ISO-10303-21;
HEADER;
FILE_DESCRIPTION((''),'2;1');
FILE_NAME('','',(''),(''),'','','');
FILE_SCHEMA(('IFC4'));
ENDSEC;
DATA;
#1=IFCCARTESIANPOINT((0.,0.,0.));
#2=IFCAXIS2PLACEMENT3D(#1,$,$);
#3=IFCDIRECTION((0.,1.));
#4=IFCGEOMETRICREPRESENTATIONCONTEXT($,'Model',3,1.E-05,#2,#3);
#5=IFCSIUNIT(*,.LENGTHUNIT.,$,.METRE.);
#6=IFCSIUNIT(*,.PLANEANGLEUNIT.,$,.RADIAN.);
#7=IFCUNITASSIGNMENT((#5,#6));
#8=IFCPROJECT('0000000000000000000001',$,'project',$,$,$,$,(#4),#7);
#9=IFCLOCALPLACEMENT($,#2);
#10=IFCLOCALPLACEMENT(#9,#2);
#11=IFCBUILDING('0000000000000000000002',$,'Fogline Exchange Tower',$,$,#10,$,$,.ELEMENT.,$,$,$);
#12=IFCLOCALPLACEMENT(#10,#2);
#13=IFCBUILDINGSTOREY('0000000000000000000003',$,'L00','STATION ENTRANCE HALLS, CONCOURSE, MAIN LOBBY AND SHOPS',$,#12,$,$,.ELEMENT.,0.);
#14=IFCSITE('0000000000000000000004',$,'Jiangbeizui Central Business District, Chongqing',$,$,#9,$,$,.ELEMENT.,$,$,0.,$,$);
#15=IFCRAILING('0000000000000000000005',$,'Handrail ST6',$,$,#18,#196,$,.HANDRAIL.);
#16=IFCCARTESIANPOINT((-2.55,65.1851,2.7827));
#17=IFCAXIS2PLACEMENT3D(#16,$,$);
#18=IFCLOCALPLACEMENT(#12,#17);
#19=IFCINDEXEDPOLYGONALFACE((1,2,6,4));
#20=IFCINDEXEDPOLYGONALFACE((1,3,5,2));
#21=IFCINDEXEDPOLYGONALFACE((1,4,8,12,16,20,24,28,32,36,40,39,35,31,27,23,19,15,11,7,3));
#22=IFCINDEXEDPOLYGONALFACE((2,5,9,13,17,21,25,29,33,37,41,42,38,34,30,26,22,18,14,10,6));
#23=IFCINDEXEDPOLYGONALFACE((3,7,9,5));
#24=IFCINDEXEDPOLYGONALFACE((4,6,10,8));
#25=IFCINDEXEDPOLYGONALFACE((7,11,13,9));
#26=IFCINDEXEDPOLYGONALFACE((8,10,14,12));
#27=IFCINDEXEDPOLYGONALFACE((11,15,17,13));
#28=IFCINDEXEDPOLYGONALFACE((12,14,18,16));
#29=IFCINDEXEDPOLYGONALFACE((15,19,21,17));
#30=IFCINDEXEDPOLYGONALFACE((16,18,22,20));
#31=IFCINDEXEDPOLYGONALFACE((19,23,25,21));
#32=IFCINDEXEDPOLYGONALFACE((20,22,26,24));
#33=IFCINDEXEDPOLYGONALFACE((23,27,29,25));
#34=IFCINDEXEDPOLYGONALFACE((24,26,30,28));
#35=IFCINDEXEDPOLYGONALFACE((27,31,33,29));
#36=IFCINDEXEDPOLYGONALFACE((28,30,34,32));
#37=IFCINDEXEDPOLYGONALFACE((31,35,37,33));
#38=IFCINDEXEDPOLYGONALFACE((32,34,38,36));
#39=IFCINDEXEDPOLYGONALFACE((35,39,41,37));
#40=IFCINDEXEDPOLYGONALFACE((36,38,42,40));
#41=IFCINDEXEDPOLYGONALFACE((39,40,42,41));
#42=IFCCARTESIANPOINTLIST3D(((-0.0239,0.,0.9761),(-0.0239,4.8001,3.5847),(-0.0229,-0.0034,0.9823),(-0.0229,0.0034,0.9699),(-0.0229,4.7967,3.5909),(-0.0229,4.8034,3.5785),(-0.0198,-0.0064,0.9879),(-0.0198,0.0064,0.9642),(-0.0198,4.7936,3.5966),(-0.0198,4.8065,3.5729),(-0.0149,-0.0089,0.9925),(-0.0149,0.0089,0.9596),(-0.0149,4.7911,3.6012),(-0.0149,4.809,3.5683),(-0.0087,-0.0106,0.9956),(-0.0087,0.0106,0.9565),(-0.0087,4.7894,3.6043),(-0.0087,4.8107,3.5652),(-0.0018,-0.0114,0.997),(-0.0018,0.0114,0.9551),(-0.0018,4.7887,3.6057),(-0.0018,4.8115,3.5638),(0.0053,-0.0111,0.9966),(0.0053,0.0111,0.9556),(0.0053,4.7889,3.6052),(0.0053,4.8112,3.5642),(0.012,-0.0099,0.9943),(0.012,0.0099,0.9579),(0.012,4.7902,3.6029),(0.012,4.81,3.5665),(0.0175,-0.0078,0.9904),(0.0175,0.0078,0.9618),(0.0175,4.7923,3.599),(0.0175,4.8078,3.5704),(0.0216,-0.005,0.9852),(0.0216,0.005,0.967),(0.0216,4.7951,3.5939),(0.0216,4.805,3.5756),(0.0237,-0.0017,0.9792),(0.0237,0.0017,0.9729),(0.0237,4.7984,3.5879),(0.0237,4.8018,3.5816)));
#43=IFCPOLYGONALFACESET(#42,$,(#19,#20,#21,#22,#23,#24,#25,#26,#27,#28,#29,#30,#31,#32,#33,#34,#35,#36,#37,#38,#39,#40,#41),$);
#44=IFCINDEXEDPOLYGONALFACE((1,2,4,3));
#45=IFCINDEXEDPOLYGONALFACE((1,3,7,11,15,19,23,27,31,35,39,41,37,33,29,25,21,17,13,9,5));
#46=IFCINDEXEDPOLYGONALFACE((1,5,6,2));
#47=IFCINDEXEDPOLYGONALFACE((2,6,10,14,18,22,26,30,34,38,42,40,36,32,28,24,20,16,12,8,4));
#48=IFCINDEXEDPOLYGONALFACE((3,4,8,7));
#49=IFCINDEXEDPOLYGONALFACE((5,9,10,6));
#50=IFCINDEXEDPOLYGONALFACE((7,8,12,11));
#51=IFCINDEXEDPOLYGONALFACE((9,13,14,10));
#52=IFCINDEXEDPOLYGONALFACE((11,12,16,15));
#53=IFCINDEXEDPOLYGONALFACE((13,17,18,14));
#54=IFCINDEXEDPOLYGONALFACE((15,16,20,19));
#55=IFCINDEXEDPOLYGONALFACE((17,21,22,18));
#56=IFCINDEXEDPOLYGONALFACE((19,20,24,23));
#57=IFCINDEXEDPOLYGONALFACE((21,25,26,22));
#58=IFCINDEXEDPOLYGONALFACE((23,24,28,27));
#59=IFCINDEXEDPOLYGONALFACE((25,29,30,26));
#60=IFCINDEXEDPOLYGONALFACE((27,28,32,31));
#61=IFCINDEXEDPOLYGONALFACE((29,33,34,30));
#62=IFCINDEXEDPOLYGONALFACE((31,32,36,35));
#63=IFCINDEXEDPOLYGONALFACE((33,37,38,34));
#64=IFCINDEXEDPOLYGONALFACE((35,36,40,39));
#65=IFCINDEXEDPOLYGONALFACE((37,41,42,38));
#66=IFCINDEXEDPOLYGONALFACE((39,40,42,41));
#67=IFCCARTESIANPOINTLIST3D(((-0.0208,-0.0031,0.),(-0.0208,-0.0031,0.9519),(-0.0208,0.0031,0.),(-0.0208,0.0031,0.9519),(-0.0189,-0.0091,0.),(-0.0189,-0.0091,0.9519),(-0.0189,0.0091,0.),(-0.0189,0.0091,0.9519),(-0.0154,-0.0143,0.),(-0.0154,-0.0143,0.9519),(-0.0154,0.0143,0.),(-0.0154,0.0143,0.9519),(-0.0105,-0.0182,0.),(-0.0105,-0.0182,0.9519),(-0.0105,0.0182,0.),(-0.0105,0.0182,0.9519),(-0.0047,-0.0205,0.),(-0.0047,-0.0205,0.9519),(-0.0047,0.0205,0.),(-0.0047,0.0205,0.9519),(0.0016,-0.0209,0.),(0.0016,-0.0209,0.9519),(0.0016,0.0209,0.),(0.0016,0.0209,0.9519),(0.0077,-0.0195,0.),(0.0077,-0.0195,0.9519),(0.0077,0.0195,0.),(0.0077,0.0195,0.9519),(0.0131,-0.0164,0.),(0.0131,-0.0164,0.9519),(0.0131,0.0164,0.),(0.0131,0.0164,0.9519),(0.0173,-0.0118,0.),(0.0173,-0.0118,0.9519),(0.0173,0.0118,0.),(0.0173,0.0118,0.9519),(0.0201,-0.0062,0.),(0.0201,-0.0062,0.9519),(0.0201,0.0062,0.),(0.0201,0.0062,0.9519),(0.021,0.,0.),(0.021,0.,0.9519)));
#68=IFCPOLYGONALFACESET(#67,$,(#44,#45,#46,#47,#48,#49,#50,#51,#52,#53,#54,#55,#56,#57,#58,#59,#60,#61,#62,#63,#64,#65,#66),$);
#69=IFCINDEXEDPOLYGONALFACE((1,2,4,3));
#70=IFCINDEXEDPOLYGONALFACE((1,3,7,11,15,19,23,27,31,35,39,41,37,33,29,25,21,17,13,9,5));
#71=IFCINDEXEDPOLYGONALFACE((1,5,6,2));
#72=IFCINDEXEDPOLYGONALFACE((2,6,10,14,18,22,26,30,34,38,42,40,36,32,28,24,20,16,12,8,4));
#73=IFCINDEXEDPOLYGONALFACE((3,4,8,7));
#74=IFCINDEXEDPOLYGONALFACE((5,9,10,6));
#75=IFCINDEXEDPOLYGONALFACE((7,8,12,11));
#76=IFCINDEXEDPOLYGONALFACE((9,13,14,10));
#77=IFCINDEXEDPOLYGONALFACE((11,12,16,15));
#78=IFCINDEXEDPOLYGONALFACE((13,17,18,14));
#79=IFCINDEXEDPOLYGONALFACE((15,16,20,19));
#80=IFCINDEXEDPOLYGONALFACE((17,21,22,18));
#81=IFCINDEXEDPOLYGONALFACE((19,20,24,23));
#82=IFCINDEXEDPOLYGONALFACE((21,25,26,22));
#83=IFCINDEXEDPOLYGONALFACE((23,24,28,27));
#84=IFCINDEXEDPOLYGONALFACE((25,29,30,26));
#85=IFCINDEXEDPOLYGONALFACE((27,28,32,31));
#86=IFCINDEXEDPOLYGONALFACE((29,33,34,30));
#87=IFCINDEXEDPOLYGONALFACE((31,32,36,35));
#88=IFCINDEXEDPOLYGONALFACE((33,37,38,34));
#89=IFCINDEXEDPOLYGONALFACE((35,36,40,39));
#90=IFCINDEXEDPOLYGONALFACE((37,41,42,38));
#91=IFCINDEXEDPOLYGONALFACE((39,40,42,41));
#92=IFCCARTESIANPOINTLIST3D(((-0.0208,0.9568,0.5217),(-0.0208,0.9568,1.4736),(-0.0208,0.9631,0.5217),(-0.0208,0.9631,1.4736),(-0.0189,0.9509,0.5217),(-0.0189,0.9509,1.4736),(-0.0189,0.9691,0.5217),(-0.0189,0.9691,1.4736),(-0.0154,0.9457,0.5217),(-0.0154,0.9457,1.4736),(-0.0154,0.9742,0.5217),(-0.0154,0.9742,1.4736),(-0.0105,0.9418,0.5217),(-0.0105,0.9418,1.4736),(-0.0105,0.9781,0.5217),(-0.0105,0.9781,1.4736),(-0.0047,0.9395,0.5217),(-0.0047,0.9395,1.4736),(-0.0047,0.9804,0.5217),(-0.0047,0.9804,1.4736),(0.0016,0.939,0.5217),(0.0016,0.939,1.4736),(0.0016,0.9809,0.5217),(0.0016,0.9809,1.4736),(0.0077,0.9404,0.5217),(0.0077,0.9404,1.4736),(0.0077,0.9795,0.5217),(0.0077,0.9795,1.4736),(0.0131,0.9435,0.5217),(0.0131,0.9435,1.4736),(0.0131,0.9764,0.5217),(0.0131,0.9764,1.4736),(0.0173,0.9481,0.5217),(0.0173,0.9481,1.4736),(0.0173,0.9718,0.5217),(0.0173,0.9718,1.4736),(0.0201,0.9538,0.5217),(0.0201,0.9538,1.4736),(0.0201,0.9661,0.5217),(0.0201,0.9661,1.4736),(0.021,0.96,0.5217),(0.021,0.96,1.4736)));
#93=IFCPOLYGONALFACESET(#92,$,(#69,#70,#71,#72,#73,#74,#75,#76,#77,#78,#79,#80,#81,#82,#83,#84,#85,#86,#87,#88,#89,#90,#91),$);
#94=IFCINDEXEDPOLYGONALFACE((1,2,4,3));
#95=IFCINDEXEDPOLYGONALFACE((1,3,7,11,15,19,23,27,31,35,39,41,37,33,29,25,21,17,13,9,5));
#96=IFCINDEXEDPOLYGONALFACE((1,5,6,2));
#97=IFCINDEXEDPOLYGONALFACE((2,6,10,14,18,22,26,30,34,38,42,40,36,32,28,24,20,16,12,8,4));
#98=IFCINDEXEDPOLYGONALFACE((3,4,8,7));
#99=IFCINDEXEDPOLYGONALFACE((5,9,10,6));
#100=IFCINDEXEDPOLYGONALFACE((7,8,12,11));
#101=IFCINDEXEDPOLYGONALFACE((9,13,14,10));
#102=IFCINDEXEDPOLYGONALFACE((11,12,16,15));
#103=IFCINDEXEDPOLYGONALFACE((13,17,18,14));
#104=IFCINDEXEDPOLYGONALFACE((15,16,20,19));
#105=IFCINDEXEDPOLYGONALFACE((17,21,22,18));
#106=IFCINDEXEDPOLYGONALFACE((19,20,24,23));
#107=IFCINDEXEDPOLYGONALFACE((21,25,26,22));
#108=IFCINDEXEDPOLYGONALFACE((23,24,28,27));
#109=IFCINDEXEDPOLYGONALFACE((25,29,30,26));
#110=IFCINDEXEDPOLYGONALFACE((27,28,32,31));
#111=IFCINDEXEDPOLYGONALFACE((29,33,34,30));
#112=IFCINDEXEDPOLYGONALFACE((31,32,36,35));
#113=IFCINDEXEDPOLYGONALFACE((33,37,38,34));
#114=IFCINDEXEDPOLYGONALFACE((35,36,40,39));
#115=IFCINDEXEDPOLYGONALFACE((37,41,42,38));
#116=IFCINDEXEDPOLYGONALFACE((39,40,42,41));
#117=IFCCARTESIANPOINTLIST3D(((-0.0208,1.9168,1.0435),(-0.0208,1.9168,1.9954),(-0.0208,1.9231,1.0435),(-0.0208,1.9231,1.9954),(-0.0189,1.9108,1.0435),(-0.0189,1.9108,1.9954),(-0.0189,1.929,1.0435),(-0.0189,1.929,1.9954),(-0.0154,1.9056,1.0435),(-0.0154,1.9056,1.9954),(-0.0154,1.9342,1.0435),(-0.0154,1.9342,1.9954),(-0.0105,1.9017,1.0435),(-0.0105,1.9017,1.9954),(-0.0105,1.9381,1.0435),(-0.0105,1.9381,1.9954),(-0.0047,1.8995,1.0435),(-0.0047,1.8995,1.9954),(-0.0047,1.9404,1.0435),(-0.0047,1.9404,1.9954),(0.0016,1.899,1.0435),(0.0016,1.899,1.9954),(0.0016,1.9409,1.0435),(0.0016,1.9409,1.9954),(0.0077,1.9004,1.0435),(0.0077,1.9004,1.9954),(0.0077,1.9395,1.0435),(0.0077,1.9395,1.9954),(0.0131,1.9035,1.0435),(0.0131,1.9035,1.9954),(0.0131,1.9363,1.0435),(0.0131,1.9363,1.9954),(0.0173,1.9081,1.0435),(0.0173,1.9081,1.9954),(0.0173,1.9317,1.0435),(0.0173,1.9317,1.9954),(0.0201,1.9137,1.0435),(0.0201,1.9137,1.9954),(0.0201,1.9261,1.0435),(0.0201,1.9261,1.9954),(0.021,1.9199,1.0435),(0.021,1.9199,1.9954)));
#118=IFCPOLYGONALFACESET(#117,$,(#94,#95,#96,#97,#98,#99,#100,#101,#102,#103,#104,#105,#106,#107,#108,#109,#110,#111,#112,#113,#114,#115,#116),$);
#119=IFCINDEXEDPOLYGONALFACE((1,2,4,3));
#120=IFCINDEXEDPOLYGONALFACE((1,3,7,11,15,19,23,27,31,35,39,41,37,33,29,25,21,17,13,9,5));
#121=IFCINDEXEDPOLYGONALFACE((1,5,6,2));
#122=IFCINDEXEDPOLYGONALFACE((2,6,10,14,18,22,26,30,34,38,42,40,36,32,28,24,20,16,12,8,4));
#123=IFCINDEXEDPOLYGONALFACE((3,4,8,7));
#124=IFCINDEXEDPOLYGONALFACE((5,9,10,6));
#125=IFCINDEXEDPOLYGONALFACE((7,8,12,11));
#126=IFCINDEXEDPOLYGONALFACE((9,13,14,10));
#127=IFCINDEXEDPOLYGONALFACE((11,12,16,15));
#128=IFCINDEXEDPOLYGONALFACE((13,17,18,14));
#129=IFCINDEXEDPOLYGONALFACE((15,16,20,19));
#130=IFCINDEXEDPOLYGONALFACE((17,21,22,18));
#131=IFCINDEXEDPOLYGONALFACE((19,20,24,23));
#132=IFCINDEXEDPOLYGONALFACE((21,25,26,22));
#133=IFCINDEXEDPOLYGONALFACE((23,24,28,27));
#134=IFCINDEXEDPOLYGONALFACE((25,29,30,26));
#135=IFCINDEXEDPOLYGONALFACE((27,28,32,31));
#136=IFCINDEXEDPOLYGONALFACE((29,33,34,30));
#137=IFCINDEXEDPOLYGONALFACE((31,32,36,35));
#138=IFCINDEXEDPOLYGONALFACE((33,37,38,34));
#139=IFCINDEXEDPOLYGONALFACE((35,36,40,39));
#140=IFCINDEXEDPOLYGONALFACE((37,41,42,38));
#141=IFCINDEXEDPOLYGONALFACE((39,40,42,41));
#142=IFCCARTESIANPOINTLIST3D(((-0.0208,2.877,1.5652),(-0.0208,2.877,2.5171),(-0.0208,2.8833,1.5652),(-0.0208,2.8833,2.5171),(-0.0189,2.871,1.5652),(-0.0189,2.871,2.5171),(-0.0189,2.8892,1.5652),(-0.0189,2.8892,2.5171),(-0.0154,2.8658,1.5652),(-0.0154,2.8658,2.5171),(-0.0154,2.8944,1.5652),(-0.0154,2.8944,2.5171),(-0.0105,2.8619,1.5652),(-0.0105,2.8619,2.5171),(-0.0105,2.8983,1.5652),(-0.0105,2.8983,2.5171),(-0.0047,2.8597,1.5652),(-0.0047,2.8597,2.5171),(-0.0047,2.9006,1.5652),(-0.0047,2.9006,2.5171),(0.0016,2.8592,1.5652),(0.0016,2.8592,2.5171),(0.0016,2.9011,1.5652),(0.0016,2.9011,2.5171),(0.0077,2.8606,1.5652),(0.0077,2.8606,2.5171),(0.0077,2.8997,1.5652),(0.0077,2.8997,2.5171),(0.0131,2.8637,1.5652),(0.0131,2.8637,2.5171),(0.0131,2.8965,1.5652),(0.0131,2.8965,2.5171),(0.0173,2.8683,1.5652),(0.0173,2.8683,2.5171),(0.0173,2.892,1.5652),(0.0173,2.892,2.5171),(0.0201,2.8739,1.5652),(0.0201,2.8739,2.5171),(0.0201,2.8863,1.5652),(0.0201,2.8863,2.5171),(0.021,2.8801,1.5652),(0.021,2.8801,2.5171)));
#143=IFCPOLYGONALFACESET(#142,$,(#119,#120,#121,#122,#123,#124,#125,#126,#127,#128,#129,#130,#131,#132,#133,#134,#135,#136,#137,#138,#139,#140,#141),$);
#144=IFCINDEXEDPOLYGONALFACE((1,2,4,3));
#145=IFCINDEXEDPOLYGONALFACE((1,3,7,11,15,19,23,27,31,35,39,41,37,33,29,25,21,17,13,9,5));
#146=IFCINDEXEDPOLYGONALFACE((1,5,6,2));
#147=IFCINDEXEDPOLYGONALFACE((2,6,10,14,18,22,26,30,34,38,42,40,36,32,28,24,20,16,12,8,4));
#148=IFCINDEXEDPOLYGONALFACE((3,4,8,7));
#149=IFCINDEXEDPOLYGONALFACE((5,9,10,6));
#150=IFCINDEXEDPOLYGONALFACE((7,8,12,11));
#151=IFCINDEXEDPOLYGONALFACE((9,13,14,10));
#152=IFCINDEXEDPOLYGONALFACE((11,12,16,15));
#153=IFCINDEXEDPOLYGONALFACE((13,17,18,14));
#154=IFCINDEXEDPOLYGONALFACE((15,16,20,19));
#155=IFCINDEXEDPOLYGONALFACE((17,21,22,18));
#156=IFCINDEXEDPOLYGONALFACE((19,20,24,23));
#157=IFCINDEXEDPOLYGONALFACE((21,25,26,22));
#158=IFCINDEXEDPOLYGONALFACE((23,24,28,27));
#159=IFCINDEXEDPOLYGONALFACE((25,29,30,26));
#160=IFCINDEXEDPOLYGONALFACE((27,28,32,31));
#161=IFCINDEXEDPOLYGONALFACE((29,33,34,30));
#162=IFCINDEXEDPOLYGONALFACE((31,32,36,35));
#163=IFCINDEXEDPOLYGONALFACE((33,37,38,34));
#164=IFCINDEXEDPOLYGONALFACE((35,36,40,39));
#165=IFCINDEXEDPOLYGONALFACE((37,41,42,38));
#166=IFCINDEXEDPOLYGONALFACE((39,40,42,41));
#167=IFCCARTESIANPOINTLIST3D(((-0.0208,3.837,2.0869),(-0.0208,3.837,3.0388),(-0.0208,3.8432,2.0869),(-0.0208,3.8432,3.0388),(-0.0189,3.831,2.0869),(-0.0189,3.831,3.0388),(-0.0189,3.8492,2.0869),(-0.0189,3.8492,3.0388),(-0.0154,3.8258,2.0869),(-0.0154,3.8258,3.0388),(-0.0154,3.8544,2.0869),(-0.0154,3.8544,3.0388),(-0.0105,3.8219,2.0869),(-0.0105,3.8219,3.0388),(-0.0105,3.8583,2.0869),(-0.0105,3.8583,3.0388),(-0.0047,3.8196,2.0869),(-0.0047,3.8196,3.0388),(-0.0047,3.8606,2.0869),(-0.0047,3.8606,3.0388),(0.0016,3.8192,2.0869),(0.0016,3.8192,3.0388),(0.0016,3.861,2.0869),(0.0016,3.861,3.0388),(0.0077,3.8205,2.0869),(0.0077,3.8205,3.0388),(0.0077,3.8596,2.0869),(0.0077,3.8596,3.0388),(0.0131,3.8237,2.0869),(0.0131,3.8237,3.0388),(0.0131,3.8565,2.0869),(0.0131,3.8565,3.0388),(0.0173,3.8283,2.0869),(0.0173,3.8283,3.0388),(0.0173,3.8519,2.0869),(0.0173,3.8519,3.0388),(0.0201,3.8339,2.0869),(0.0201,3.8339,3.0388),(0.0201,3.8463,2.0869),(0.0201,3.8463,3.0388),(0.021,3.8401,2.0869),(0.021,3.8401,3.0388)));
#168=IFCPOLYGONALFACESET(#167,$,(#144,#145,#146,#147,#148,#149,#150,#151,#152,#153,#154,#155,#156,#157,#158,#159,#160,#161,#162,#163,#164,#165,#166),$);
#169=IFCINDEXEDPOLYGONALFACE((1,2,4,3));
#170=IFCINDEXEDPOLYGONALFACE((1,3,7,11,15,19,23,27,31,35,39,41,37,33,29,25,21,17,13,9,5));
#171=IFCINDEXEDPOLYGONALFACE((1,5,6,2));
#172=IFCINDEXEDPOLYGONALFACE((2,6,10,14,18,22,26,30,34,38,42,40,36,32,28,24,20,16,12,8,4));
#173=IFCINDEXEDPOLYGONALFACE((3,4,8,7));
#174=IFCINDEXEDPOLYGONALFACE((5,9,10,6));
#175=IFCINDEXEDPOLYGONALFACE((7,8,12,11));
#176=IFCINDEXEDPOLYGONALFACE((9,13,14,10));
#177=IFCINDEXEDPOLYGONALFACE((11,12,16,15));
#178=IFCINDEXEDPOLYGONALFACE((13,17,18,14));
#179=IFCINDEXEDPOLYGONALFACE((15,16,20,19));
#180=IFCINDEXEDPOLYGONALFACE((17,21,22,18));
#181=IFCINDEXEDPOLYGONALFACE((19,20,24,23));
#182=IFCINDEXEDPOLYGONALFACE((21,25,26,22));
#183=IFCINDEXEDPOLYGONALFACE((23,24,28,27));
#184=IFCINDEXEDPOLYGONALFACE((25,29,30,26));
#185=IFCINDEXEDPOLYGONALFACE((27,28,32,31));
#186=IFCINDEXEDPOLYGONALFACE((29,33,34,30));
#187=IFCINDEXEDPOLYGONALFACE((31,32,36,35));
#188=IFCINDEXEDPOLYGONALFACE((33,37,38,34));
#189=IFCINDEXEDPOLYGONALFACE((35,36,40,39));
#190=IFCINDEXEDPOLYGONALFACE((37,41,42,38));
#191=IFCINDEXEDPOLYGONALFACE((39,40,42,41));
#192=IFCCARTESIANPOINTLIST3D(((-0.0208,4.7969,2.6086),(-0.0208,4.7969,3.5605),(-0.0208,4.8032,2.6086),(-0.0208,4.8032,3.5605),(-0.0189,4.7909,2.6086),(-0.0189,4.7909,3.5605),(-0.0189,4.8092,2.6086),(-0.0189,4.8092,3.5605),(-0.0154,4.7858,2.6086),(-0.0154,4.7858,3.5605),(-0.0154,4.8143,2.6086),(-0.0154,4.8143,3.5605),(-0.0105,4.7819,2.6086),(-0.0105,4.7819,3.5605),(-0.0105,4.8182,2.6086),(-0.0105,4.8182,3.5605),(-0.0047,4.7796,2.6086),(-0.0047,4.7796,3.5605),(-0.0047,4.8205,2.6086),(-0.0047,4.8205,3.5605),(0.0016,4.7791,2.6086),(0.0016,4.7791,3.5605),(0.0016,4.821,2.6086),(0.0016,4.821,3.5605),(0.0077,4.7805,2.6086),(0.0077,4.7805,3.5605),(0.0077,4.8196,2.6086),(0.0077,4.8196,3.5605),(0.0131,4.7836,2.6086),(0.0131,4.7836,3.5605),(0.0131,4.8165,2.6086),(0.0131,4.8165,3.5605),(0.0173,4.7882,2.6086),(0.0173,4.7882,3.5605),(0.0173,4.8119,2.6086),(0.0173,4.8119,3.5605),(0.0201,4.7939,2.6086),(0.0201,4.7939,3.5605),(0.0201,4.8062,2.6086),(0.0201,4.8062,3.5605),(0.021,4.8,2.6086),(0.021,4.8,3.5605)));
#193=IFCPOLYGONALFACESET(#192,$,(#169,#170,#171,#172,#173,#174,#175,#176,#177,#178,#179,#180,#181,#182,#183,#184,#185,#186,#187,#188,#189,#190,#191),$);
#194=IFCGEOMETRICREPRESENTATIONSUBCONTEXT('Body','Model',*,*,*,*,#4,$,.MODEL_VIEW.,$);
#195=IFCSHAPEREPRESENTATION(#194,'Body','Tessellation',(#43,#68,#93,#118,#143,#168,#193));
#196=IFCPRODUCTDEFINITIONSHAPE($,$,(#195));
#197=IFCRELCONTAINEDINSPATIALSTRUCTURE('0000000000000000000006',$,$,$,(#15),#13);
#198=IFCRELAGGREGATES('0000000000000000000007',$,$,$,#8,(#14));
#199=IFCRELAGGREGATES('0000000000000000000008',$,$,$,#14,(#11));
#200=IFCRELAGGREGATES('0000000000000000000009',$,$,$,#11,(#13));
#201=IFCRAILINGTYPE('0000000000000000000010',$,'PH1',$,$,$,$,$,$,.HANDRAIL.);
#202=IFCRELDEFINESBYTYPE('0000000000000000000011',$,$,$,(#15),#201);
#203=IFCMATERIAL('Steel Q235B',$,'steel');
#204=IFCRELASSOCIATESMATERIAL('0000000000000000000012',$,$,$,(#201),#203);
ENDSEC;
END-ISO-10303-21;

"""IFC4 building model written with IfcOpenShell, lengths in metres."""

from ifc_helpers import new_model, si_unit, direction, frame, origin, origin_2d, place, context, subcontext, project, spatial, circle, extrude, material, type_object, element, save


model = new_model("IFC4")

# Units and contexts
model_context = context("Model", 3, precision=1e-05, world=origin(), true_north=direction((0.0, 1.0)))
body_context = subcontext(model_context, "Body", "Model", "MODEL_VIEW")
ifc_project = project(units=[si_unit("LENGTHUNIT", "METRE"), si_unit("PLANEANGLEUNIT", "RADIAN")], contexts=[model_context])

# Site, building, storey
site_placement = place(None, origin())
site = spatial("IfcSite", under=ifc_project, at=site_placement, Name="Jiangbeizui Central Business District, Chongqing", CompositionType="ELEMENT", RefElevation=0.0)
building_placement = place(site_placement, origin())
building = spatial("IfcBuilding", under=site, at=building_placement, Name="Fogline Exchange Tower", CompositionType="ELEMENT")
storey_placement = place(building_placement, origin())
storey = spatial("IfcBuildingStorey", under=building, at=storey_placement, Name="L00", Description="STATION ENTRANCE HALLS, CONCOURSE, MAIN LOBBY AND SHOPS", CompositionType="ELEMENT", Elevation=0.0)

# Railing
ifc_material_1 = material(Name="Steel Q235B", Category="steel")
railing_type_1 = type_object("IfcRailingType", Name="PH1", PredefinedType="HANDRAIL", material=ifc_material_1)
for number, where, name in (
    (1, (-2.55, 65.1851, 2.7827), "Handrail ST6"),
):
    element("IfcRailing", number, at=place(storey_placement, frame(where)), inside=storey, type_object=railing_type_1, Name=name, PredefinedType="HANDRAIL", context=body_context, shape_type="SweptSolid", body=[
        extrude(circle(Radius=0.0239, at=origin_2d()), frame((0.0, 0.0, 0.9761), z_axis=(0.0, 0.878631, 0.477502), x_axis=(-1.0, 0.0, 0.0)), (0.0, 0.0, 1.0), 5.4631),
        extrude(circle(Radius=0.021, at=origin_2d()), origin(), (0.0, 0.0, 1.0), 0.9519),
        extrude(circle(Radius=0.021, at=origin_2d()), frame((0.0, 0.96, 0.5217)), (0.0, 0.0, 1.0), 0.9519),
        extrude(circle(Radius=0.021, at=origin_2d()), frame((0.0, 1.9199, 1.0435)), (0.0, 0.0, 1.0), 0.9519),
        extrude(circle(Radius=0.021, at=origin_2d()), frame((0.0, 2.8801, 1.5652)), (0.0, 0.0, 1.0), 0.9519),
        extrude(circle(Radius=0.021, at=origin_2d()), frame((0.0, 3.8401, 2.0869)), (0.0, 0.0, 1.0), 0.9519),
        extrude(circle(Radius=0.021, at=origin_2d()), frame((0.0, 4.8, 2.6086)), (0.0, 0.0, 1.0), 0.9519),
    ])

save(model, "model.ifc")
